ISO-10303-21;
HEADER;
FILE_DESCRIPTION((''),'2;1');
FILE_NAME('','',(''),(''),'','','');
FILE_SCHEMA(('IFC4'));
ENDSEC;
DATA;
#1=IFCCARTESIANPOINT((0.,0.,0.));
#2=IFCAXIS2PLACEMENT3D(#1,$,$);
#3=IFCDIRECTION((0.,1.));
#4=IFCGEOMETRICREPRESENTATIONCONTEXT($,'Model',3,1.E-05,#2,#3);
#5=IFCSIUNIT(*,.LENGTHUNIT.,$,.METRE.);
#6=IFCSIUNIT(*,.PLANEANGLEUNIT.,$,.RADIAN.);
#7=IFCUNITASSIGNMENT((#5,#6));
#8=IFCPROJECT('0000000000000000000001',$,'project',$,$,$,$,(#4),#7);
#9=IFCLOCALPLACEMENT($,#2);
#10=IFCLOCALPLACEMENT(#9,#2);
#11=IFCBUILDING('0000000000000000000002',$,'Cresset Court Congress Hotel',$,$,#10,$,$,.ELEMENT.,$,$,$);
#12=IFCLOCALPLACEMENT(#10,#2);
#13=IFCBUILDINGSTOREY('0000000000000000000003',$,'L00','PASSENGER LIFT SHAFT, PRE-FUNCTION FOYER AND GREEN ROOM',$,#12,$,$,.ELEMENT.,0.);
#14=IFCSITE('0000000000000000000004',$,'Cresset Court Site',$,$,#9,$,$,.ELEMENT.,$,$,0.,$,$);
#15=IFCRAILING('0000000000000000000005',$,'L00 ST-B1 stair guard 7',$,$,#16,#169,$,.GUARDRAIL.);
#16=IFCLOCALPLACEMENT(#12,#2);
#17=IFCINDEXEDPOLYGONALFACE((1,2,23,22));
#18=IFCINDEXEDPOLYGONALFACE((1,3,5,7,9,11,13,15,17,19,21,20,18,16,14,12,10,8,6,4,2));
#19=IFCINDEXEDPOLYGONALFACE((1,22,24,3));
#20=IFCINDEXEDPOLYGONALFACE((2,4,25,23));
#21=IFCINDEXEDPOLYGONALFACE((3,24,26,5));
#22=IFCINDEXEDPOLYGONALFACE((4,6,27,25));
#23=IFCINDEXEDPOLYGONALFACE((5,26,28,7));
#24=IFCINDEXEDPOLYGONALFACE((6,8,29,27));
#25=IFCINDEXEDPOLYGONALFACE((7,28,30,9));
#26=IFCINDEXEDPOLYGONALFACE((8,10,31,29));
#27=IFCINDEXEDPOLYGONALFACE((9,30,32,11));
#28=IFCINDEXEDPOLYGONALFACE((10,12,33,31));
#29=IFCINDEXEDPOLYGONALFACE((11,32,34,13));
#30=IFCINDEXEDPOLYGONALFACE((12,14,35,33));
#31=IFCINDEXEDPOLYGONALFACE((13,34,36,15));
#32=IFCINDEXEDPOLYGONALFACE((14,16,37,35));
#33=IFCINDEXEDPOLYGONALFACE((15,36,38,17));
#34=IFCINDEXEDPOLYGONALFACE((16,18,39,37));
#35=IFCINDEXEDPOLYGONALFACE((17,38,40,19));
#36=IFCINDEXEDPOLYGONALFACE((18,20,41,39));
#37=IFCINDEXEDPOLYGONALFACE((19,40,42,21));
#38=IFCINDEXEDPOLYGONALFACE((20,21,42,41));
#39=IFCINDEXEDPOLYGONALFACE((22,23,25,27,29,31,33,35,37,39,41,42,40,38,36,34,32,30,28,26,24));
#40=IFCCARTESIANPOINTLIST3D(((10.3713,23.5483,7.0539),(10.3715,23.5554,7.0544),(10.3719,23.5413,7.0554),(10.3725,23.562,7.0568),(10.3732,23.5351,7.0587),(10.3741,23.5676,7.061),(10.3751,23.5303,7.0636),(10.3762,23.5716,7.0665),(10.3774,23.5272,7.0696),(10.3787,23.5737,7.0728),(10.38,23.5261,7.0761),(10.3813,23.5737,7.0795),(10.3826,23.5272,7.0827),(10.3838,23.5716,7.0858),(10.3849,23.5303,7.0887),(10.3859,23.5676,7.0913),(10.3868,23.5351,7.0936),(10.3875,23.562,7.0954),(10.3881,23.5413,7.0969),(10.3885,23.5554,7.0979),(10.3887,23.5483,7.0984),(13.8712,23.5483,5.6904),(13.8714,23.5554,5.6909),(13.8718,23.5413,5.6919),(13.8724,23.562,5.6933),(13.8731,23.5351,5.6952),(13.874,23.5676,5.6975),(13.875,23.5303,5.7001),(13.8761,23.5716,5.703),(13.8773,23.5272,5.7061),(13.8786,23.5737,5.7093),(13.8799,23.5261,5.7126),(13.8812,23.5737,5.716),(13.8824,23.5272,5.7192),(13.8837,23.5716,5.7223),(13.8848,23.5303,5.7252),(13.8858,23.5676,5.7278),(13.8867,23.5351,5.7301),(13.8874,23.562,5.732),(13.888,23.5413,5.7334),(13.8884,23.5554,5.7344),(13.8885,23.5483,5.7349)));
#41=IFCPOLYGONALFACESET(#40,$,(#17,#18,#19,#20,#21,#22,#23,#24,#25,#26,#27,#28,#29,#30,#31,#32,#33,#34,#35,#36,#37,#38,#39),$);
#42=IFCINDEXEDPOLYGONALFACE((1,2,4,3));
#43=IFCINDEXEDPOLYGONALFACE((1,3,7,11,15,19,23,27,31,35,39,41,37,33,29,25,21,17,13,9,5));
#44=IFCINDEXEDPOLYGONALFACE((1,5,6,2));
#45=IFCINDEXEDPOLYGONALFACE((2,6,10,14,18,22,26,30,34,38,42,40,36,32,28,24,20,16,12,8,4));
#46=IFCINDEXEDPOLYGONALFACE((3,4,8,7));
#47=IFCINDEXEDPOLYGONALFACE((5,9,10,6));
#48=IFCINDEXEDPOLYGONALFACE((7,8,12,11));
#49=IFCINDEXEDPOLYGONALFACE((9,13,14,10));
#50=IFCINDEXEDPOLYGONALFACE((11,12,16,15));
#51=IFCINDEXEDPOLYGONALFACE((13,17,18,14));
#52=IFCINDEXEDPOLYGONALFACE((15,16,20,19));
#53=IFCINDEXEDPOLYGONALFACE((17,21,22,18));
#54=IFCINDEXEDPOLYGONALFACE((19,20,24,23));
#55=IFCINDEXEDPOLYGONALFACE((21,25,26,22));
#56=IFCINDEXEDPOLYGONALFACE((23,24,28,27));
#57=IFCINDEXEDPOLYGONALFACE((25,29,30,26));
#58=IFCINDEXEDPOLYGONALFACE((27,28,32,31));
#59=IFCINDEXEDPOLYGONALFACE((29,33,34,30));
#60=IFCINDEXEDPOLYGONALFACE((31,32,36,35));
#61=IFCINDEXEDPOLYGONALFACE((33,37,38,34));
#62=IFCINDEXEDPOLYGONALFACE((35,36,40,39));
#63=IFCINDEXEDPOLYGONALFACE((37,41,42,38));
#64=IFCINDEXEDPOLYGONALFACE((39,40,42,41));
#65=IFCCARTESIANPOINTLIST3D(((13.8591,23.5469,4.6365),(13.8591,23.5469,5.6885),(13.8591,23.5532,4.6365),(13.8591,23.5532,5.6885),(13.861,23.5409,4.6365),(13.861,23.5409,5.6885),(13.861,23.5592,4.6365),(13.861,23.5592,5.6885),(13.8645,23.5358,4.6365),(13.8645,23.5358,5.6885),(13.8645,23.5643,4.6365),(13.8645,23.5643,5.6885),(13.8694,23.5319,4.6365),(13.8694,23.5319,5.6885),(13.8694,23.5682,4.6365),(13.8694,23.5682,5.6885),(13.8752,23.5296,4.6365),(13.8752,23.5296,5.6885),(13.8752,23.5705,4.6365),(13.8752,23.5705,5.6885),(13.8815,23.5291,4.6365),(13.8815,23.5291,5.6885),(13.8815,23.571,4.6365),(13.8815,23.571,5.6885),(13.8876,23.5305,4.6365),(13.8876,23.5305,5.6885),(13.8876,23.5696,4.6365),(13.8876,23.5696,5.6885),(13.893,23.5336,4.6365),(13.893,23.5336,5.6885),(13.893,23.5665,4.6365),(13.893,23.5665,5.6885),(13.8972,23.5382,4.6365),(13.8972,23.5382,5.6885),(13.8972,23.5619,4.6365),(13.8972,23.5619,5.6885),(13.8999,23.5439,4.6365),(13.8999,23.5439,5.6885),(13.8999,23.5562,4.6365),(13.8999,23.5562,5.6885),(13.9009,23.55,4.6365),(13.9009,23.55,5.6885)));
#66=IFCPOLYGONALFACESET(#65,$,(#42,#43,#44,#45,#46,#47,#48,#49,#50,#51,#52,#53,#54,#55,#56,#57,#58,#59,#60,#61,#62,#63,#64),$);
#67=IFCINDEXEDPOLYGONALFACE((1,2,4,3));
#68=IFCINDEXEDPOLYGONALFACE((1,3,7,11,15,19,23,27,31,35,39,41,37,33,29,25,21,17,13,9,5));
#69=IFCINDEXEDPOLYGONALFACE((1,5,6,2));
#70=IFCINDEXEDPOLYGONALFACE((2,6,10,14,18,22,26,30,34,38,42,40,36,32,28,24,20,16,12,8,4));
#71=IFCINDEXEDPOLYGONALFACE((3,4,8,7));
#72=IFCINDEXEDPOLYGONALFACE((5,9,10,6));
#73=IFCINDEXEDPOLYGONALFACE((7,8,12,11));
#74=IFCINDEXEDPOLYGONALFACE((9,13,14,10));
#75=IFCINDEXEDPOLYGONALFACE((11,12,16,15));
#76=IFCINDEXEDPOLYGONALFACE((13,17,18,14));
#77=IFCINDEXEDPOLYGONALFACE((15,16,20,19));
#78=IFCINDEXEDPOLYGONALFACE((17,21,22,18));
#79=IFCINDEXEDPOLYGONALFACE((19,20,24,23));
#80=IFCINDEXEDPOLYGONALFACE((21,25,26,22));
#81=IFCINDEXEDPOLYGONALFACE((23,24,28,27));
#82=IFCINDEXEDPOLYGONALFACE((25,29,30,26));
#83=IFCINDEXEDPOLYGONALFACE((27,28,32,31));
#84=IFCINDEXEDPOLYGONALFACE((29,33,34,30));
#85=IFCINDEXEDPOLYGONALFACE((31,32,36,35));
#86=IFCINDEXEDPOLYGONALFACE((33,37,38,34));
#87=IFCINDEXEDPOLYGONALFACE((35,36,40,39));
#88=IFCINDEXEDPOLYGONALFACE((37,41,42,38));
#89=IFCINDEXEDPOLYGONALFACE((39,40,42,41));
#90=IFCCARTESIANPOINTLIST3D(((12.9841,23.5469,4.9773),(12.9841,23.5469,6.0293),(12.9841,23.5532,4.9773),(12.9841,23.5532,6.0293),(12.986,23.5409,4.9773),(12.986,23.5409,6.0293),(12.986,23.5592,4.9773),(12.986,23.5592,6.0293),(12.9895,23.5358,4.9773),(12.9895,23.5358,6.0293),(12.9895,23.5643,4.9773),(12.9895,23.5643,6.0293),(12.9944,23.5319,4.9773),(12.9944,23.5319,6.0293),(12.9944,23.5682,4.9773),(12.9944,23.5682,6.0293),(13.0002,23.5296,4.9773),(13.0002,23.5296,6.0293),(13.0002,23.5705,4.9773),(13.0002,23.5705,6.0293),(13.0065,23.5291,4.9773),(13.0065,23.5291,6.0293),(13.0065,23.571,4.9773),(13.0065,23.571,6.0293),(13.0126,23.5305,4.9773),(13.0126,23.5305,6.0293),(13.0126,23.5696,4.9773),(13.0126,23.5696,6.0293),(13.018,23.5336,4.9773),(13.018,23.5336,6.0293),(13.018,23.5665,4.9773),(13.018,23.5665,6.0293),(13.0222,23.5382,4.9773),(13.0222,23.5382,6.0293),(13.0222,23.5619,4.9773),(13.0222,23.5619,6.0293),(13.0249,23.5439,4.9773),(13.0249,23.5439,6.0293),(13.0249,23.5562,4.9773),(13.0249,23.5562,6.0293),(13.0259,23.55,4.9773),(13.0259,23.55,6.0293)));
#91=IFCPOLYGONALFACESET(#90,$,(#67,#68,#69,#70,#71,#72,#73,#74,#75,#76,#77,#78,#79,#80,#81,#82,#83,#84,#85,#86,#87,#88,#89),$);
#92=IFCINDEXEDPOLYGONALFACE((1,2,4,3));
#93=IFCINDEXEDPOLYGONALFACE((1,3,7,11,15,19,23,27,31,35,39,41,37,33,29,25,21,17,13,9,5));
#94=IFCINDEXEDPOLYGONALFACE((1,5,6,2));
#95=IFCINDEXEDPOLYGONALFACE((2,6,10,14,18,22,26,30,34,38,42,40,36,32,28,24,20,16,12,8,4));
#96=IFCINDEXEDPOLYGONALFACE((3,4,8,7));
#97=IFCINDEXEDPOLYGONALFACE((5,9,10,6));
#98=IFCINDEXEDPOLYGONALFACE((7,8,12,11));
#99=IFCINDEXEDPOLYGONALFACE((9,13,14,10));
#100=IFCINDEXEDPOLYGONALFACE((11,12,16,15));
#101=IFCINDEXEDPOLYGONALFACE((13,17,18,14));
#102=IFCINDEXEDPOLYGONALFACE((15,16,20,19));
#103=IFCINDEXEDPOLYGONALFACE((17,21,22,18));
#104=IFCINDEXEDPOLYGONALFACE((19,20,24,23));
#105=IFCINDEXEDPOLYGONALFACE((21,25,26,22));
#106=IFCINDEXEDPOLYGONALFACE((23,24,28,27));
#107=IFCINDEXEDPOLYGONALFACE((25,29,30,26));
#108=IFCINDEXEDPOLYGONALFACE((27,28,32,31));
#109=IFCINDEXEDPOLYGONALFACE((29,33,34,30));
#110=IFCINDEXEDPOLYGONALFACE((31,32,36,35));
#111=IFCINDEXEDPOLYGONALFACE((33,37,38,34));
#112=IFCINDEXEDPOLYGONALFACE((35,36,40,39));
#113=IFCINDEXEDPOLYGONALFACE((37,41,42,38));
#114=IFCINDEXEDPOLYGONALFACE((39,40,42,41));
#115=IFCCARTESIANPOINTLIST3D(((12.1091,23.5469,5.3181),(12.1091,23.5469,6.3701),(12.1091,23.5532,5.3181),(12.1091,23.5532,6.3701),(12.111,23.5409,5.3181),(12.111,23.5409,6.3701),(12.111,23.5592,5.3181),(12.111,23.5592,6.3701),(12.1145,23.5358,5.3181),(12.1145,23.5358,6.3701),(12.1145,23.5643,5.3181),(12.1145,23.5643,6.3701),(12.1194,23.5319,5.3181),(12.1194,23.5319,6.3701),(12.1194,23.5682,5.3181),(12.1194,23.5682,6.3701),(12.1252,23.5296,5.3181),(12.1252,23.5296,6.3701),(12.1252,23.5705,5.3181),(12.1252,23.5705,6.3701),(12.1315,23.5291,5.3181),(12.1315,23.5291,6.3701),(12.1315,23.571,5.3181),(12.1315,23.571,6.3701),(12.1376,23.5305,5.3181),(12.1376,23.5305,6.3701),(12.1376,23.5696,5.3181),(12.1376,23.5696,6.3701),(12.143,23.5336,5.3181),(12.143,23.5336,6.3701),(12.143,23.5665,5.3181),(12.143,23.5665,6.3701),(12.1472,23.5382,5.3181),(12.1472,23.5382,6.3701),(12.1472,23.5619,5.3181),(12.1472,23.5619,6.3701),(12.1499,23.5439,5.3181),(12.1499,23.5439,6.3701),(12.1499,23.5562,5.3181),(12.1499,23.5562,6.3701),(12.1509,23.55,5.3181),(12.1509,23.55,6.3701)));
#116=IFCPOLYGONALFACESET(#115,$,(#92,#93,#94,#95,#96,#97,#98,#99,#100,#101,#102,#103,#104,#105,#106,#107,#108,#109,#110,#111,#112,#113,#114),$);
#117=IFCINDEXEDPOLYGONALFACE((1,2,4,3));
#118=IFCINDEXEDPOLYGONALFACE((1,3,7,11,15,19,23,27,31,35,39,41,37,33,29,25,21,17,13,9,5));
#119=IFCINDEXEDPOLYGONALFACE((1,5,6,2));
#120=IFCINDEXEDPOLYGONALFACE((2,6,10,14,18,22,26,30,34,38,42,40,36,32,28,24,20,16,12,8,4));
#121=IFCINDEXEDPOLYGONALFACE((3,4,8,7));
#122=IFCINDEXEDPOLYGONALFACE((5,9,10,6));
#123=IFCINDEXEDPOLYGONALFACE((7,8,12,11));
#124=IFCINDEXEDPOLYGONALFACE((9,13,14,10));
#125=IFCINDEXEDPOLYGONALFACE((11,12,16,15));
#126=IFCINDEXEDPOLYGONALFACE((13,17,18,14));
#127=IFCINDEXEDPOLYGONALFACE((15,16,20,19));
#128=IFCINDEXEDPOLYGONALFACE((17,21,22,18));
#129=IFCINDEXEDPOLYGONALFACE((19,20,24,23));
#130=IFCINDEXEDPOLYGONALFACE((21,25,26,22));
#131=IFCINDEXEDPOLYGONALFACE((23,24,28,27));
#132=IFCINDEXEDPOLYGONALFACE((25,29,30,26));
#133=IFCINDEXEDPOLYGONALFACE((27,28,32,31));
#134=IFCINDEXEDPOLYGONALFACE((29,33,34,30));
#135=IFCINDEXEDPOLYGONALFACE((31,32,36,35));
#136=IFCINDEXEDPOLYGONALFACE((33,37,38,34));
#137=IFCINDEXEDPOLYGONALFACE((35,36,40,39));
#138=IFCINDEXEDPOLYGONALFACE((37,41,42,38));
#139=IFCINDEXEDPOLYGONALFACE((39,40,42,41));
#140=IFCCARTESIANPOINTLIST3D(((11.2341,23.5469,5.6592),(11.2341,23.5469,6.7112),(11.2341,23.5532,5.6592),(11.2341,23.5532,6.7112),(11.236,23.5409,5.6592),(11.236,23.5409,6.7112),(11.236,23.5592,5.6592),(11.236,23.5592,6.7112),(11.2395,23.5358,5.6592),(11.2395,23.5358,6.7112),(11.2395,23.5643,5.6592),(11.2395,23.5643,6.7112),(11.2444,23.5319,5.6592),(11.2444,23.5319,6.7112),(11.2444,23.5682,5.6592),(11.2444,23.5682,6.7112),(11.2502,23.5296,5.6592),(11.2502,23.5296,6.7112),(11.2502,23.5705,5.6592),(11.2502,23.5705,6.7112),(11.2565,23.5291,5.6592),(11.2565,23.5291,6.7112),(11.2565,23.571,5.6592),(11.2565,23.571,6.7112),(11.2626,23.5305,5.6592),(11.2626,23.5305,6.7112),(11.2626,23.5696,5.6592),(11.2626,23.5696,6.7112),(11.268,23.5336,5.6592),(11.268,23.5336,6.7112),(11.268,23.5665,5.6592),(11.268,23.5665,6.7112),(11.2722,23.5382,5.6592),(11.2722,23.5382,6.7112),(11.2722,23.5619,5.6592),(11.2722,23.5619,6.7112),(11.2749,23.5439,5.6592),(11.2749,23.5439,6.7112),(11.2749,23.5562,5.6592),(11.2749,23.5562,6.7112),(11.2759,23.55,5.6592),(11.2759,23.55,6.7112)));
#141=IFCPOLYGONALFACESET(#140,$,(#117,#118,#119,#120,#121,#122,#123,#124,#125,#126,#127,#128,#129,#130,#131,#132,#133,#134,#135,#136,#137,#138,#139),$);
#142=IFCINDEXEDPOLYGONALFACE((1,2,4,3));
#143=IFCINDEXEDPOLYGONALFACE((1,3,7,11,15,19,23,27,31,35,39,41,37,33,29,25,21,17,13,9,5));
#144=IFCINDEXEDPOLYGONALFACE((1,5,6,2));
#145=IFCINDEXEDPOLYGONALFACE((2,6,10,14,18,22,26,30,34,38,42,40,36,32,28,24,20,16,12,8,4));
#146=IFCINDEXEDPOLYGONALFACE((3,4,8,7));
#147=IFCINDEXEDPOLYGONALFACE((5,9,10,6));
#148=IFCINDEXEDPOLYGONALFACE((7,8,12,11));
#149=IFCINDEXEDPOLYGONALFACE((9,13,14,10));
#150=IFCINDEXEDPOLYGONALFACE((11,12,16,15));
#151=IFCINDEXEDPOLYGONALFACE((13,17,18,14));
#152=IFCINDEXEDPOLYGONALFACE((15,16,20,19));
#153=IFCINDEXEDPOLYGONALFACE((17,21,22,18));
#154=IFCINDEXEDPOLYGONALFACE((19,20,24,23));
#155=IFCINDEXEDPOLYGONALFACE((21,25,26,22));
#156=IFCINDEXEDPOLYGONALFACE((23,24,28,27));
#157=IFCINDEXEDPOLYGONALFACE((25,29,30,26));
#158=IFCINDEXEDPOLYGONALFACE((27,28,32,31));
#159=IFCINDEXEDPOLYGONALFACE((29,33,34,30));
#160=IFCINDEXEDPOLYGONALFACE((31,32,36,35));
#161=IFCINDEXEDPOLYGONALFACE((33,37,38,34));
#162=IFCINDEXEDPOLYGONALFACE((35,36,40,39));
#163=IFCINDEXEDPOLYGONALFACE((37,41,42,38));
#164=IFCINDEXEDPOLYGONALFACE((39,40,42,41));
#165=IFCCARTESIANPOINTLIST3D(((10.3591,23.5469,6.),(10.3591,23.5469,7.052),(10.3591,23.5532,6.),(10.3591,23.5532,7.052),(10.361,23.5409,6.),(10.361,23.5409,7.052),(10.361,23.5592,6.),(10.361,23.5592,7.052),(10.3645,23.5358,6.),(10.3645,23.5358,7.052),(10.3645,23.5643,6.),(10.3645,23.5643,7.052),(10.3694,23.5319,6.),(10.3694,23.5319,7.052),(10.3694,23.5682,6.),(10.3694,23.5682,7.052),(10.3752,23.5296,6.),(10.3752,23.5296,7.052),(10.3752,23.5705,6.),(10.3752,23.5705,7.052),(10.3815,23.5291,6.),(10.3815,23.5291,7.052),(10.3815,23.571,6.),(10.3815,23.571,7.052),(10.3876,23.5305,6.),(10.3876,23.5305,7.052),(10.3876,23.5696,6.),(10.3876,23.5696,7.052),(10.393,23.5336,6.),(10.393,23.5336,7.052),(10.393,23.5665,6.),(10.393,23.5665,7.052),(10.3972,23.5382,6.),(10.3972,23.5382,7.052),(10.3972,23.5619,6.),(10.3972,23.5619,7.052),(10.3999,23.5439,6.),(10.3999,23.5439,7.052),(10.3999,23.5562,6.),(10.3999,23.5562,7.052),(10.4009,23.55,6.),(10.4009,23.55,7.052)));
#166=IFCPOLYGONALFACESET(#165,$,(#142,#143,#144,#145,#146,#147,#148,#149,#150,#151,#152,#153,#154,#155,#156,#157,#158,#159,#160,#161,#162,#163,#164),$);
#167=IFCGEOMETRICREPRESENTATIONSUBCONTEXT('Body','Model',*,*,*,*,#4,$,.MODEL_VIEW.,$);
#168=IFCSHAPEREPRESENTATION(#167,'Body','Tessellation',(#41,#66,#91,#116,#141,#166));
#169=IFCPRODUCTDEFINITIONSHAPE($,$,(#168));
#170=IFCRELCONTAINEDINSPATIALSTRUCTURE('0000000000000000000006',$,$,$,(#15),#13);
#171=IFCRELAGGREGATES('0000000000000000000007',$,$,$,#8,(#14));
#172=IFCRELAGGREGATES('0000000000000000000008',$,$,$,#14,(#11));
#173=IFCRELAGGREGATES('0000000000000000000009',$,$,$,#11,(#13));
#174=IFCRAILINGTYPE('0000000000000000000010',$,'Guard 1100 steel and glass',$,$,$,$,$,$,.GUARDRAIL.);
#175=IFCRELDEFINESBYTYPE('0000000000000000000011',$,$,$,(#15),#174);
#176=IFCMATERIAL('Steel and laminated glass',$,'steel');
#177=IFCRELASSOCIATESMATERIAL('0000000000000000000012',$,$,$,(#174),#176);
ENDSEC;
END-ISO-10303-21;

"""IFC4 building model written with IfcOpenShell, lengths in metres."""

from ifc_helpers import new_model, si_unit, direction, frame, origin, origin_2d, place, context, subcontext, project, spatial, circle, extrude, material, type_object, element, save


model = new_model("IFC4")

# Units and contexts
model_context = context("Model", 3, precision=1e-05, world=origin(), true_north=direction((0.0, 1.0)))
body_context = subcontext(model_context, "Body", "Model", "MODEL_VIEW")
ifc_project = project(units=[si_unit("LENGTHUNIT", "METRE"), si_unit("PLANEANGLEUNIT", "RADIAN")], contexts=[model_context])

# Site, building, storey
site_placement = place(None, origin())
site = spatial("IfcSite", under=ifc_project, at=site_placement, Name="Cresset Court Site", CompositionType="ELEMENT", RefElevation=0.0)
building_placement = place(site_placement, origin())
building = spatial("IfcBuilding", under=site, at=building_placement, Name="Cresset Court Congress Hotel", CompositionType="ELEMENT")
storey_placement = place(building_placement, origin())
storey = spatial("IfcBuildingStorey", under=building, at=storey_placement, Name="L00", Description="PASSENGER LIFT SHAFT, PRE-FUNCTION FOYER AND GREEN ROOM", CompositionType="ELEMENT", Elevation=0.0)

# Railing
ifc_material_1 = material(Name="Steel and laminated glass", Category="steel")
railing_type_1 = type_object("IfcRailingType", Name="Guard 1100 steel and glass", PredefinedType="GUARDRAIL", material=ifc_material_1)
railing_1_placement = place(storey_placement, frame((13.8799, 23.55, 4.6365)))
element("IfcRailing", 1, at=railing_1_placement, inside=storey, type_object=railing_type_1, Name="L00 ST-B1 stair guard 7", PredefinedType="GUARDRAIL", context=body_context, shape_type="SweptSolid", body=[
    extrude(circle(Radius=0.0239, at=origin_2d()), frame((0.0, 0.0, 1.0762), z_axis=(-0.931787, 0.0, 0.363005), x_axis=(0.0, -1.0, 0.0)), (0.0, 0.0, 1.0), 3.7561),
    extrude(circle(Radius=0.021, at=origin_2d()), origin(), (0.0, 0.0, 1.0), 1.052),
    extrude(circle(Radius=0.021, at=origin_2d()), frame((-0.875, 0.0, 0.3408)), (0.0, 0.0, 1.0), 1.052),
    extrude(circle(Radius=0.021, at=origin_2d()), frame((-1.75, 0.0, 0.6816)), (0.0, 0.0, 1.0), 1.052),
    extrude(circle(Radius=0.021, at=origin_2d()), frame((-2.625, 0.0, 1.0227)), (0.0, 0.0, 1.0), 1.052),
    extrude(circle(Radius=0.021, at=origin_2d()), frame((-3.5, 0.0, 1.3635)), (0.0, 0.0, 1.0), 1.052),
])

save(model, "model.ifc")
